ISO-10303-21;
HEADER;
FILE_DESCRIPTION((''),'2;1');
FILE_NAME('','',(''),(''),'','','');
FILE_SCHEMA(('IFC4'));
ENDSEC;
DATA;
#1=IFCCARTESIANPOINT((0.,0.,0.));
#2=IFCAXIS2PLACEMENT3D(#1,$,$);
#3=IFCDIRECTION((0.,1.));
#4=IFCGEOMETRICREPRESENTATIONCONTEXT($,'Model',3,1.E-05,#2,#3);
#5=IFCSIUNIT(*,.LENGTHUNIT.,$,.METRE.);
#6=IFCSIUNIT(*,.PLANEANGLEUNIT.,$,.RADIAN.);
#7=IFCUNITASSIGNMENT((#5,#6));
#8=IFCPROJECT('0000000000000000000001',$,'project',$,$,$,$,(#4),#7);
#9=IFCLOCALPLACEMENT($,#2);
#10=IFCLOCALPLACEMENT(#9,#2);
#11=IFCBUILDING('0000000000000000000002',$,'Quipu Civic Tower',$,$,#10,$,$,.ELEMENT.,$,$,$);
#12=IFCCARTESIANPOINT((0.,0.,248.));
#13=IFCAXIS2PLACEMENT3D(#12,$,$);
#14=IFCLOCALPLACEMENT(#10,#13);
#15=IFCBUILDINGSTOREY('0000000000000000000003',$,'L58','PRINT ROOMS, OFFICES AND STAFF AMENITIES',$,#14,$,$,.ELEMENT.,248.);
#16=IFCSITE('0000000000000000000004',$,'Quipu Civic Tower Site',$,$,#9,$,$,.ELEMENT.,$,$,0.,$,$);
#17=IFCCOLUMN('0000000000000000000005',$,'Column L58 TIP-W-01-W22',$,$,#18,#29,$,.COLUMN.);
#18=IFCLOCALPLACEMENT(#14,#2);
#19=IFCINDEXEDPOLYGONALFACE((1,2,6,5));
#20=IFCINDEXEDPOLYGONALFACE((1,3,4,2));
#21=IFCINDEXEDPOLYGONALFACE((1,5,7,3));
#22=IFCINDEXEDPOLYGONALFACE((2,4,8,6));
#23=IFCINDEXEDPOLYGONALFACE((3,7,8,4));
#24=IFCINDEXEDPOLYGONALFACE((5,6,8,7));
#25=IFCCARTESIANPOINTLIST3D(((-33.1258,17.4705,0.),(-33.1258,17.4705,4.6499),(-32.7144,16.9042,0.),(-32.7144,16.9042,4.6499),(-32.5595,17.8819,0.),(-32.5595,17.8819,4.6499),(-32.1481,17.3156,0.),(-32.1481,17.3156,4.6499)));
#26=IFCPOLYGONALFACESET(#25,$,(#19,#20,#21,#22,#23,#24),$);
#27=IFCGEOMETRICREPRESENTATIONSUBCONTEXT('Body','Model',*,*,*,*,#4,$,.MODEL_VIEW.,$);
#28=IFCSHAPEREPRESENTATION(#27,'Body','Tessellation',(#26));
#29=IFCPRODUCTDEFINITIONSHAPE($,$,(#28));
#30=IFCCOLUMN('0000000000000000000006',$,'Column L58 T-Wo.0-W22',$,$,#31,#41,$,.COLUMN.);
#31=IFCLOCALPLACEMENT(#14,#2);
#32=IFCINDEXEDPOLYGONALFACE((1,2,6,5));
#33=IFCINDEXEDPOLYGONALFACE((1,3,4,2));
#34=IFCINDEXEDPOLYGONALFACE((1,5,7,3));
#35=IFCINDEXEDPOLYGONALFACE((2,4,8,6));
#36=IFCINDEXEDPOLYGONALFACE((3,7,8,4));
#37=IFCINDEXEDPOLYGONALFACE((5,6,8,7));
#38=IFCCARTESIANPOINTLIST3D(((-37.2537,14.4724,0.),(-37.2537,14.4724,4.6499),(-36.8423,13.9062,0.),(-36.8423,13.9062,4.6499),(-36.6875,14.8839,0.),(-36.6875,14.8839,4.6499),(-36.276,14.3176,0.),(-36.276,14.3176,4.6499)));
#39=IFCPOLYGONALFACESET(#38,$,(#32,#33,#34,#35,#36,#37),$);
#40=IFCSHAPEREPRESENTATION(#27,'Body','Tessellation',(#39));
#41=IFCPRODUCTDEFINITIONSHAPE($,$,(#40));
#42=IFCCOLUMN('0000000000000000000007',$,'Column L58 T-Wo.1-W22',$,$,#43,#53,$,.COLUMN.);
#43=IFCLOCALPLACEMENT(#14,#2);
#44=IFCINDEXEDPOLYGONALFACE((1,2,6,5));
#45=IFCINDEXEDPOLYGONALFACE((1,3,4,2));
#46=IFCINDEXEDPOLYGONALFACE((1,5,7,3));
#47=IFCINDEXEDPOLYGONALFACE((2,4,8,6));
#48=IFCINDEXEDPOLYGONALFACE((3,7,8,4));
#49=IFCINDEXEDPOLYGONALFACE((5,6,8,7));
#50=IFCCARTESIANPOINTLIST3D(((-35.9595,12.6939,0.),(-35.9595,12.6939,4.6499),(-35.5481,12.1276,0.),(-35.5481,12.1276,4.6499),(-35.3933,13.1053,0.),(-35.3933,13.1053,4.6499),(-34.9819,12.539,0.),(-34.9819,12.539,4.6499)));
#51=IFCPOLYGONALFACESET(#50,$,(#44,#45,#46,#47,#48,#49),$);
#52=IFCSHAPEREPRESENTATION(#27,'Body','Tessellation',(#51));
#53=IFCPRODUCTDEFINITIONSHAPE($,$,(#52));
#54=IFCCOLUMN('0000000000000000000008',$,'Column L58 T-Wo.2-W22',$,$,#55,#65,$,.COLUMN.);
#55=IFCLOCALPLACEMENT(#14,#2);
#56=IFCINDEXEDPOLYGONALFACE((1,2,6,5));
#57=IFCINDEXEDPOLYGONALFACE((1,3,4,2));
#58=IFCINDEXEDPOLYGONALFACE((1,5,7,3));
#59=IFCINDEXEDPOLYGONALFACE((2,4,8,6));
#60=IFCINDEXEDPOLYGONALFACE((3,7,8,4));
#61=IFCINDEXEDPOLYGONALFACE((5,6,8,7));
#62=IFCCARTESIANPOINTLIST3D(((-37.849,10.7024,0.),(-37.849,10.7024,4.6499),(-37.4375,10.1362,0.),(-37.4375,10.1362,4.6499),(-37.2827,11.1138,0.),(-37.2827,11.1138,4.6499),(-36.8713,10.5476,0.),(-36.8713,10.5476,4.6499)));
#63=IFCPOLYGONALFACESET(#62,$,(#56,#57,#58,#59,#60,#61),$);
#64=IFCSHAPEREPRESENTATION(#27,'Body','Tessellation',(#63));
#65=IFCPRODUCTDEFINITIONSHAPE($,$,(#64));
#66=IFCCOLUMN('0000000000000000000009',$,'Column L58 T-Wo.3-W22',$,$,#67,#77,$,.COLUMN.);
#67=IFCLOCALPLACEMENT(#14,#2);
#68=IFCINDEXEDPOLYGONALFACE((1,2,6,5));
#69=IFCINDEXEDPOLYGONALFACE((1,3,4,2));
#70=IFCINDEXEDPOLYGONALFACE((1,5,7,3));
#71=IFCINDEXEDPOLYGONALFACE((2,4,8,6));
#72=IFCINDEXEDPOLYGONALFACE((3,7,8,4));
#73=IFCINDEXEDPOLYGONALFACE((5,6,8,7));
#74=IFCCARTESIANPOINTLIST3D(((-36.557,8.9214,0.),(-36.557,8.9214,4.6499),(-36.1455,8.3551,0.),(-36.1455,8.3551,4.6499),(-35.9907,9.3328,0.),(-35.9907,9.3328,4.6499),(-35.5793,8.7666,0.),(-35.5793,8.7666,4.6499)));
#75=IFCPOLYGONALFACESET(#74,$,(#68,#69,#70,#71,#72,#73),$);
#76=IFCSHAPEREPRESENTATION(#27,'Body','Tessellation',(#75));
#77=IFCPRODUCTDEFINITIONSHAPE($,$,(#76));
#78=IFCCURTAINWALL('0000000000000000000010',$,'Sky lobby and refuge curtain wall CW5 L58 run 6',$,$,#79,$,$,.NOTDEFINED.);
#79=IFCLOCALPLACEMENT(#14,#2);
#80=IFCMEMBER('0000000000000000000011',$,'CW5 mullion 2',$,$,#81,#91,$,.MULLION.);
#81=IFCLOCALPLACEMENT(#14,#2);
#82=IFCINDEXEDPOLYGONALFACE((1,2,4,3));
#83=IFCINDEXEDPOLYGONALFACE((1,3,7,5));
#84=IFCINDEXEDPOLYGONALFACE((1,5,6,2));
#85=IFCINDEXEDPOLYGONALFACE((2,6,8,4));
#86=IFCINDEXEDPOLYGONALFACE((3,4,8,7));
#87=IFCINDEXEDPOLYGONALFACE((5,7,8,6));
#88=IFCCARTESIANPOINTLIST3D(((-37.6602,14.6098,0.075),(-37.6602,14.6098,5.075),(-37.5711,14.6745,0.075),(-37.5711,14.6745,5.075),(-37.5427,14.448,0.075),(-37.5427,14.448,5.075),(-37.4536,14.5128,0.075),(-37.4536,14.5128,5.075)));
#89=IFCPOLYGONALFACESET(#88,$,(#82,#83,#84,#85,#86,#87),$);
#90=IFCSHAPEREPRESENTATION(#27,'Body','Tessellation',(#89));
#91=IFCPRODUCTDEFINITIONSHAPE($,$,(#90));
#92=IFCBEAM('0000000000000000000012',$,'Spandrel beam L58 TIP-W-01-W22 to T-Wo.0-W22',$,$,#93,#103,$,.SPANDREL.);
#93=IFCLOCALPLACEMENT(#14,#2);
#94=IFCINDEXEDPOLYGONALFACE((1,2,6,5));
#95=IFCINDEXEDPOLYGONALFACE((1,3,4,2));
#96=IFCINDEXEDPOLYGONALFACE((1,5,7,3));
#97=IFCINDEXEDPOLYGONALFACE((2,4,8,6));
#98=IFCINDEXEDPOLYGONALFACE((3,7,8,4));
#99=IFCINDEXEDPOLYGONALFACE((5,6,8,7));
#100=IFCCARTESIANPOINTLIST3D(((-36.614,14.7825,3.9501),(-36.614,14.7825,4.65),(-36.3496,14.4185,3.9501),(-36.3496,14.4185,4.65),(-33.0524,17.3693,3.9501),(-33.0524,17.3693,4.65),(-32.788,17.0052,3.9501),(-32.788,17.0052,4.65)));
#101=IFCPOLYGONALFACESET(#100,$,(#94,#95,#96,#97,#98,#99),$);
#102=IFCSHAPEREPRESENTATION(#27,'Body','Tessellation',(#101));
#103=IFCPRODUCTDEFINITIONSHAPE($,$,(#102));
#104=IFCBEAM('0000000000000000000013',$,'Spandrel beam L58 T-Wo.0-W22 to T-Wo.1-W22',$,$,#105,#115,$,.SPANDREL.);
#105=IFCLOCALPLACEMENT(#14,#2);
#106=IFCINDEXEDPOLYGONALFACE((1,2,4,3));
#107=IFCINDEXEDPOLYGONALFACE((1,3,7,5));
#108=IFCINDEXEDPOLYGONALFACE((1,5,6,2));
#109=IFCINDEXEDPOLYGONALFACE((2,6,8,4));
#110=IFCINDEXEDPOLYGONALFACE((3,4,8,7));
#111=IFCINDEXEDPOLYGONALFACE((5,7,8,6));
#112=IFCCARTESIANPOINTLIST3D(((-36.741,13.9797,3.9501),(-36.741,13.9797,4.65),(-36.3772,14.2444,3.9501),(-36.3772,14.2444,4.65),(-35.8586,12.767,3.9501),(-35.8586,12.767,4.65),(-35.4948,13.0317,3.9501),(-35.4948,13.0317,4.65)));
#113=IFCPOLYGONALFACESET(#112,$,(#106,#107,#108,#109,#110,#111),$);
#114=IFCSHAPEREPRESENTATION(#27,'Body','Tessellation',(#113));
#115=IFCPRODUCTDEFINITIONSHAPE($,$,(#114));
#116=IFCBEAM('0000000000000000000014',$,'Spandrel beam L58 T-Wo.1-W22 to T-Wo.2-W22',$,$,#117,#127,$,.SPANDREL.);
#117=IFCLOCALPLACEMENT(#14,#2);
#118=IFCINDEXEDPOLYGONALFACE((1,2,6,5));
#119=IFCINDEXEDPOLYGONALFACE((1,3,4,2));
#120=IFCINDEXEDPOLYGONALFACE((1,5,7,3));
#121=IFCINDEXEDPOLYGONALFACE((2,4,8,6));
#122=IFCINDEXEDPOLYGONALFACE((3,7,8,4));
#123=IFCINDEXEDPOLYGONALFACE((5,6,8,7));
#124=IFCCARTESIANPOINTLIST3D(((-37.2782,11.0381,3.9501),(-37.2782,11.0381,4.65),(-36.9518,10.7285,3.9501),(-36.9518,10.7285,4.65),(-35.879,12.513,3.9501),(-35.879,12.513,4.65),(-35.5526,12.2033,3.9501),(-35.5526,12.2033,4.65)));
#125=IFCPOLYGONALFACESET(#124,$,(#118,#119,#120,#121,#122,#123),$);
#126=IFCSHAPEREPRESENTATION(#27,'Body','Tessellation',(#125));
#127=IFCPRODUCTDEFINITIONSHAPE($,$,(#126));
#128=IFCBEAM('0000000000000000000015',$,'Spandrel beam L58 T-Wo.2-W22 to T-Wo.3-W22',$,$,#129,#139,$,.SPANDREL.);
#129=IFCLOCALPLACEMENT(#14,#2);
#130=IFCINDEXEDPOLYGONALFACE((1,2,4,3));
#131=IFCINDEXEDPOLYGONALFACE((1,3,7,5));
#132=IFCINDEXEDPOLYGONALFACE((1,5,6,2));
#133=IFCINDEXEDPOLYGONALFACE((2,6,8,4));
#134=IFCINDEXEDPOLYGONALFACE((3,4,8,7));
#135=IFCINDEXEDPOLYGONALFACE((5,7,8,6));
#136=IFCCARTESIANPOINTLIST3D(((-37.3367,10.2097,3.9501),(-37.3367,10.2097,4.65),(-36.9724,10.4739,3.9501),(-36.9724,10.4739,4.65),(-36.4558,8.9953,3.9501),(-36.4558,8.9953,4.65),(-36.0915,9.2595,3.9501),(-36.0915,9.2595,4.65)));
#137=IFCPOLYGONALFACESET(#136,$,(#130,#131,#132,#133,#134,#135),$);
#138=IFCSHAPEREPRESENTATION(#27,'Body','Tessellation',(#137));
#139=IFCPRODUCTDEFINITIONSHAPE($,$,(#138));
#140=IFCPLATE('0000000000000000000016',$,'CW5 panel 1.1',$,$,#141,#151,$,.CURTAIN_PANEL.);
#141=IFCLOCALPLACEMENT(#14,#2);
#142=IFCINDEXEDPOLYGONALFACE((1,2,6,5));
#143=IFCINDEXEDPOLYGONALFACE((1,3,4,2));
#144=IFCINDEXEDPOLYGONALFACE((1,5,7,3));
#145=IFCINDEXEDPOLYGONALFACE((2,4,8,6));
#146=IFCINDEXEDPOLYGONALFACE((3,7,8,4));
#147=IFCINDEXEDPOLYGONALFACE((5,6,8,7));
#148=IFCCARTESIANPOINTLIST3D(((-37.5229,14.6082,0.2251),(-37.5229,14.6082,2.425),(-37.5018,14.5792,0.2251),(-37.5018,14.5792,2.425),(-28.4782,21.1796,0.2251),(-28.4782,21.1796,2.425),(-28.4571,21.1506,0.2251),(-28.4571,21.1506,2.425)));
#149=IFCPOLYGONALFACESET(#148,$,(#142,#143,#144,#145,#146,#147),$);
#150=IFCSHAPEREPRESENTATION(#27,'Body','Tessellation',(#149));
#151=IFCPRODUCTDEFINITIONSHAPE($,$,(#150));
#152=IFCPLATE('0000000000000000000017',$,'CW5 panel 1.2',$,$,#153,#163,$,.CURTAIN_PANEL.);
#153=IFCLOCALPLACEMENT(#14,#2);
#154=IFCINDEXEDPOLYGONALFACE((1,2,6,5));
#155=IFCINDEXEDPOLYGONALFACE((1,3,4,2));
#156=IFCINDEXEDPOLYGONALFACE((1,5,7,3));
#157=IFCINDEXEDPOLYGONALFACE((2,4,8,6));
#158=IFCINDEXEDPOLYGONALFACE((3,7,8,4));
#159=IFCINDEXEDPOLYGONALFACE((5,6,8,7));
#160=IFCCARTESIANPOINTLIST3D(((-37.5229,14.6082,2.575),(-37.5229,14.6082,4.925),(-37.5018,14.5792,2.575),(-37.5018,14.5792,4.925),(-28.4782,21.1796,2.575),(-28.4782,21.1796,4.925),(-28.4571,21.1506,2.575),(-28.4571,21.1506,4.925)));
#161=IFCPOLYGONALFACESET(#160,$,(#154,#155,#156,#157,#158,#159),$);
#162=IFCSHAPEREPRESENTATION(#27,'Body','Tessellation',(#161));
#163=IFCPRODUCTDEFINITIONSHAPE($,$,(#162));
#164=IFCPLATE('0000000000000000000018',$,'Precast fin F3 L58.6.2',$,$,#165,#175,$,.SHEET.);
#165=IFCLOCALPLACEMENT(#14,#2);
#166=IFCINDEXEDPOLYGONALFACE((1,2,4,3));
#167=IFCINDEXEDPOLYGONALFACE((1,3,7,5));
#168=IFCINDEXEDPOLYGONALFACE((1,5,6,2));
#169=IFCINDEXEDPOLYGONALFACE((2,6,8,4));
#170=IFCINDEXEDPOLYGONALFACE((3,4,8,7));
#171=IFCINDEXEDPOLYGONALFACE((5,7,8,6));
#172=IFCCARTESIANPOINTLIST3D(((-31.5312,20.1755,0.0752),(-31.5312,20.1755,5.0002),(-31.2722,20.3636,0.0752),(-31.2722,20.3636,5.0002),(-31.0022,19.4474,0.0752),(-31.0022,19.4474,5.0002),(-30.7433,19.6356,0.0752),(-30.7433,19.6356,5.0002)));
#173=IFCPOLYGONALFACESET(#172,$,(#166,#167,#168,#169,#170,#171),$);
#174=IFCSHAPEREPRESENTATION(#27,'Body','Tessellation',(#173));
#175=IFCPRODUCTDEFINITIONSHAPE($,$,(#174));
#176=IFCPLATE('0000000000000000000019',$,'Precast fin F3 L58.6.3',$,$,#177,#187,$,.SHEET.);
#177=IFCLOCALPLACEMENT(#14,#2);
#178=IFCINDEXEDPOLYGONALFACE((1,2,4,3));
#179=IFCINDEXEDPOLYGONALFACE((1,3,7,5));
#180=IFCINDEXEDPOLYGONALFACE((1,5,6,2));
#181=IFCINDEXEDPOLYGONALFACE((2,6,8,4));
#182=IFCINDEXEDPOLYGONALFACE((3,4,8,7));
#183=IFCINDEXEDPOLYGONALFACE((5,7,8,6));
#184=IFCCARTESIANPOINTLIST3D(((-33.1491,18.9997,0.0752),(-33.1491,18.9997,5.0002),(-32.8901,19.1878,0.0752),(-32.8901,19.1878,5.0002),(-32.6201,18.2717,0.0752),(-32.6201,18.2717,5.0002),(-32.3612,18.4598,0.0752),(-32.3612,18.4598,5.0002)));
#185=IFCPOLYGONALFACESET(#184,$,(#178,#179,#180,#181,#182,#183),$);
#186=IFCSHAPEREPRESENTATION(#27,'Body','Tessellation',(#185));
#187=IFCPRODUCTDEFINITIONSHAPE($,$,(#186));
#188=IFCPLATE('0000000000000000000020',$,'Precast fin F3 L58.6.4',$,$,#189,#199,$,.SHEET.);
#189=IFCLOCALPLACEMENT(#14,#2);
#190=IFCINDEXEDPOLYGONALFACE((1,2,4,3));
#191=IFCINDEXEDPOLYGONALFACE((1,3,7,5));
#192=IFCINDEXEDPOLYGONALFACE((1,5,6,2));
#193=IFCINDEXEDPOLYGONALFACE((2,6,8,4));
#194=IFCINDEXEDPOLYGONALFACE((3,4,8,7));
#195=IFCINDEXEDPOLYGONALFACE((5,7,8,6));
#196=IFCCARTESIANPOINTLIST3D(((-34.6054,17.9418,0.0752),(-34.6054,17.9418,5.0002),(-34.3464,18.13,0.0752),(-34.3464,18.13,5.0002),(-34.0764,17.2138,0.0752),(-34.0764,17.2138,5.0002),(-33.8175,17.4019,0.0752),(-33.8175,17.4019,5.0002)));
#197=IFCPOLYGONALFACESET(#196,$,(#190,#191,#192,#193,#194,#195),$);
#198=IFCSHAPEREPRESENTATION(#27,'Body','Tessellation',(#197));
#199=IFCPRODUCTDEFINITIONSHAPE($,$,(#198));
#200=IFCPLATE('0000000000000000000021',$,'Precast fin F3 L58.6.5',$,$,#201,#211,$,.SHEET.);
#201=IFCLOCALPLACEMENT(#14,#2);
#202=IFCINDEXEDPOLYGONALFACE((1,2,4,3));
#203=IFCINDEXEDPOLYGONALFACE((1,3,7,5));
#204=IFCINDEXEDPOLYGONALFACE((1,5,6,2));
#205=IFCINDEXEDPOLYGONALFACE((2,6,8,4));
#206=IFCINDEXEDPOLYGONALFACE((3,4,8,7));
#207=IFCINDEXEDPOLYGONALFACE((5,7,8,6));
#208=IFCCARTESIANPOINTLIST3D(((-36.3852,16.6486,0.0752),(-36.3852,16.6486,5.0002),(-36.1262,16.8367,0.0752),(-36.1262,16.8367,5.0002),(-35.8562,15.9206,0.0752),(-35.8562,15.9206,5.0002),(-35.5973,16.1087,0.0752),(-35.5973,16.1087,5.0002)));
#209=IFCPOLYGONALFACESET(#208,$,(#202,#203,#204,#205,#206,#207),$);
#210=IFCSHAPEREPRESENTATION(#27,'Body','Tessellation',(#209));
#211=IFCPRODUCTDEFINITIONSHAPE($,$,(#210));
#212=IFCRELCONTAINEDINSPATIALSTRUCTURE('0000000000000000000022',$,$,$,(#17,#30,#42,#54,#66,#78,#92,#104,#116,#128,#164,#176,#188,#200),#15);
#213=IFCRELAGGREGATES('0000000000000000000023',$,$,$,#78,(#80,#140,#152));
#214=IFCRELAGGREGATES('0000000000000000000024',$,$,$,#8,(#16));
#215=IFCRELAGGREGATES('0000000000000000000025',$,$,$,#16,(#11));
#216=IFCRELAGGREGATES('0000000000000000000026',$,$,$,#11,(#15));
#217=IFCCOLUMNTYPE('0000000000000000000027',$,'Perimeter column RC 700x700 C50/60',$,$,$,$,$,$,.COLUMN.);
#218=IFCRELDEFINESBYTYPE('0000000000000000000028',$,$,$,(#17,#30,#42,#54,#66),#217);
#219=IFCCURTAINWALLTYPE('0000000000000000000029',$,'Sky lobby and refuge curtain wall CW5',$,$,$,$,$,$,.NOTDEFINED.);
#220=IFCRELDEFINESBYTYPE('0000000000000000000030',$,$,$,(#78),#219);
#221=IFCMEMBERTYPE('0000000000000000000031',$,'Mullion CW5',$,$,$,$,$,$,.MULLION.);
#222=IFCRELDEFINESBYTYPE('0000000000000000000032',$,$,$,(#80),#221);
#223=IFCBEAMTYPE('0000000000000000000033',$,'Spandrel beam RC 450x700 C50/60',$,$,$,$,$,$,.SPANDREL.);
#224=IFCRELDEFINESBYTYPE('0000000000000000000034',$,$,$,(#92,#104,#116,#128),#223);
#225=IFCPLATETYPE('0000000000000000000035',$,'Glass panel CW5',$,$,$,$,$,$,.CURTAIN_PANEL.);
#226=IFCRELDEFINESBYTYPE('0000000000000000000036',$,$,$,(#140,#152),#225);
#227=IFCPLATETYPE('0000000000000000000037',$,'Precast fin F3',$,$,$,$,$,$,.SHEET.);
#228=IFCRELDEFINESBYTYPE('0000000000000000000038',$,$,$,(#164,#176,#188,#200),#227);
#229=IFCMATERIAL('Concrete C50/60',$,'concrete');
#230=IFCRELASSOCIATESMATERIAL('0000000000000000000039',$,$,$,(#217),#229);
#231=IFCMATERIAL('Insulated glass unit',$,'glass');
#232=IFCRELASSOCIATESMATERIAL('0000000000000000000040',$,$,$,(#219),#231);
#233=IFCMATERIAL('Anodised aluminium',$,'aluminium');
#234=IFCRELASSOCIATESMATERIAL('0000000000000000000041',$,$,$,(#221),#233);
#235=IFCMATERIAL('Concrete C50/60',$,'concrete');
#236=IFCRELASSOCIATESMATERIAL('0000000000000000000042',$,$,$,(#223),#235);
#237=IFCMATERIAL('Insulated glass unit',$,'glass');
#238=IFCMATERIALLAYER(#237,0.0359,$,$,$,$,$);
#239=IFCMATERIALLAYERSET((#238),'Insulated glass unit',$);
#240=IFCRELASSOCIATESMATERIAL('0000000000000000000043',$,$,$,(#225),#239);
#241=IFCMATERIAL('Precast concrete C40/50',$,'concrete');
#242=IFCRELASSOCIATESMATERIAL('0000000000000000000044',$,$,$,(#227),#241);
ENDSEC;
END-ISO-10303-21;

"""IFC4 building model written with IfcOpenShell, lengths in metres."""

from ifc_helpers import new_model, si_unit, direction, frame, origin, origin_2d, place, context, subcontext, project, spatial, rectangle, extrude, material, layer, layer_set, material_profile, profile_set, type_object, element, aggregate, save


model = new_model("IFC4")

# Units and contexts
model_context = context("Model", 3, precision=1e-05, world=origin(), true_north=direction((0.0, 1.0)))
body_context = subcontext(model_context, "Body", "Model", "MODEL_VIEW")
ifc_project = project(units=[si_unit("LENGTHUNIT", "METRE"), si_unit("PLANEANGLEUNIT", "RADIAN")], contexts=[model_context])

# Site, building, storey
site_placement = place(None, origin())
site = spatial("IfcSite", under=ifc_project, at=site_placement, Name="Quipu Civic Tower Site", CompositionType="ELEMENT", RefElevation=0.0)
building_placement = place(site_placement, origin())
building = spatial("IfcBuilding", under=site, at=building_placement, Name="Quipu Civic Tower", CompositionType="ELEMENT")
storey_placement = place(building_placement, frame((0.0, 0.0, 248.0)))
storey = spatial("IfcBuildingStorey", under=building, at=storey_placement, Name="L58", Description="PRINT ROOMS, OFFICES AND STAFF AMENITIES", CompositionType="ELEMENT", Elevation=248.0)

# Columns
ifc_material_1 = material(Name="Concrete C50/60", Category="concrete")
ifc_material_profile_1 = material_profile(ifc_material_1, rectangle(XDim=0.7, YDim=0.7, at=origin_2d()), Name="RC700x700")
ifc_profile_set_1 = profile_set([ifc_material_profile_1], Name="Concrete C50/60")
column_type = type_object("IfcColumnType", Name="Perimeter column RC 700x700 C50/60", PredefinedType="COLUMN", material=ifc_profile_set_1)
for number, where, z_axis, x_axis, name in (
    (1, (-32.637, 17.3931, 0.0), (0.0, 0.0, 1.0), (-0.809017, -0.587785, 0.0), "Column L58 TIP-W-01-W22"),
    (2, (-36.7649, 14.395, 0.0), (0.0, 0.0, 1.0), (0.587785, -0.809017, 0.0), "Column L58 T-Wo.0-W22"),
    (3, (-35.4707, 12.6165, 0.0), (0.0, 0.0, 1.0), (-0.809017, -0.587785, 0.0), "Column L58 T-Wo.1-W22"),
    (4, (-37.3601, 10.625, 0.0), (0.0, 0.0, 1.0), (0.587785, -0.809017, 0.0), "Column L58 T-Wo.2-W22"),
    (5, (-36.0681, 8.844, 0.0), (0.0, 0.0, 1.0), (0.587785, -0.809017, 0.0), "Column L58 T-Wo.3-W22"),
):
    element("IfcColumn", number, at=place(storey_placement, frame(where, z_axis=z_axis, x_axis=x_axis)), inside=storey, type_object=column_type, Name=name, PredefinedType="COLUMN", context=body_context, shape_type="SweptSolid", body=[
        extrude(rectangle(XDim=0.7, YDim=0.7, at=origin_2d()), origin(), (0.0, 0.0, 1.0), 4.6499),
    ])

# Curtain wall, member
ifc_material_2 = material(Name="Insulated glass unit", Category="glass")
curtain_wall_type = type_object("IfcCurtainWallType", Name="Sky lobby and refuge curtain wall CW5", PredefinedType="NOTDEFINED", material=ifc_material_2)
curtain_wall_placement = place(storey_placement, origin())
curtain_wall = element("IfcCurtainWall", 6, at=curtain_wall_placement, inside=storey, type_object=curtain_wall_type, Name="Sky lobby and refuge curtain wall CW5 L58 run 6", PredefinedType="NOTDEFINED")
ifc_material_3 = material(Name="Anodised aluminium", Category="aluminium")
ifc_material_profile_2 = material_profile(ifc_material_3, rectangle(XDim=0.2, YDim=0.1101, at=origin_2d()), Name="RECT 200x110")
ifc_profile_set_2 = profile_set([ifc_material_profile_2], Name="Anodised aluminium")
member_type = type_object("IfcMemberType", Name="Mullion CW5", PredefinedType="MULLION", material=ifc_profile_set_2)
member_placement = place(storey_placement, frame((-37.5569, 14.5613, 0.075), z_axis=(0.0, 0.0, 1.0), x_axis=(0.587788, -0.809015, 0.0)))
member = element("IfcMember", 7, at=member_placement, type_object=member_type, Name="CW5 mullion 2", PredefinedType="MULLION", context=body_context, shape_type="SweptSolid", body=[
    extrude(rectangle(XDim=0.2, YDim=0.1101, at=origin_2d()), origin(), (0.0, 0.0, 1.0), 5.0),
])

# Beams
ifc_material_4 = material(Name="Concrete C50/60", Category="concrete")
ifc_material_profile_3 = material_profile(ifc_material_4, rectangle(XDim=0.45, YDim=0.7, at=origin_2d()), Name="RC450x700")
ifc_profile_set_3 = profile_set([ifc_material_profile_3], Name="Concrete C50/60")
beam_type = type_object("IfcBeamType", Name="Spandrel beam RC 450x700 C50/60", PredefinedType="SPANDREL", material=ifc_profile_set_3)
beam_1_placement = place(storey_placement, frame((-32.9202, 17.1873, 4.3), z_axis=(-0.809117, -0.587647, 0.0), x_axis=(0.587647, -0.809117, 0.0)))
element("IfcBeam", 8, at=beam_1_placement, inside=storey, type_object=beam_type, Name="Spandrel beam L58 TIP-W-01-W22 to T-Wo.0-W22", PredefinedType="SPANDREL", context=body_context, shape_type="SweptSolid", body=[
    extrude(rectangle(XDim=0.45, YDim=0.7, at=origin_2d()), origin(), (0.0, 0.0, 1.0), 4.4019),
])
beam_2_placement = place(storey_placement, frame((-36.5591, 14.1121, 4.3), z_axis=(0.588346, -0.808609, 0.0), x_axis=(0.808609, 0.588346, 0.0)))
element("IfcBeam", 9, at=beam_2_placement, inside=storey, type_object=beam_type, Name="Spandrel beam L58 T-Wo.0-W22 to T-Wo.1-W22", PredefinedType="SPANDREL", context=body_context, shape_type="SweptSolid", body=[
    extrude(rectangle(XDim=0.45, YDim=0.7, at=origin_2d()), origin(), (0.0, 0.0, 1.0), 1.4998),
])
beam_3_placement = place(storey_placement, frame((-35.7158, 12.3582, 4.3), z_axis=(-0.688247, -0.725476, 0.0), x_axis=(0.725476, -0.688247, 0.0)))
element("IfcBeam", 10, at=beam_3_placement, inside=storey, type_object=beam_type, Name="Spandrel beam L58 T-Wo.1-W22 to T-Wo.2-W22", PredefinedType="SPANDREL", context=body_context, shape_type="SweptSolid", body=[
    extrude(rectangle(XDim=0.45, YDim=0.7, at=origin_2d()), origin(), (0.0, 0.0, 1.0), 2.033),
])
beam_4_placement = place(storey_placement, frame((-37.1545, 10.3418, 4.3), z_axis=(0.587165, -0.809467, 0.0), x_axis=(0.809467, 0.587165, 0.0)))
element("IfcBeam", 11, at=beam_4_placement, inside=storey, type_object=beam_type, Name="Spandrel beam L58 T-Wo.2-W22 to T-Wo.3-W22", PredefinedType="SPANDREL", context=body_context, shape_type="SweptSolid", body=[
    extrude(rectangle(XDim=0.45, YDim=0.7, at=origin_2d()), origin(), (0.0, 0.0, 1.0), 1.5002),
])

# Plates
ifc_material_5 = material(Name="Insulated glass unit", Category="glass")
ifc_layer_1 = layer(ifc_material_5, 0.0359)
ifc_layer_set_1 = layer_set([ifc_layer_1], Name="Insulated glass unit")
plate_type_1 = type_object("IfcPlateType", Name="Glass panel CW5", PredefinedType="CURTAIN_PANEL", material=ifc_layer_set_1)
plate_1_placement = place(storey_placement, frame((-32.99, 17.8794, 0.2251), z_axis=(0.0, 0.0, 1.0), x_axis=(-0.809015, -0.587788, 0.0)))
plate_1 = element("IfcPlate", 12, at=plate_1_placement, type_object=plate_type_1, Name="CW5 panel 1.1", PredefinedType="CURTAIN_PANEL", context=body_context, shape_type="SweptSolid", body=[
    extrude(rectangle(XDim=11.1799, YDim=0.0359, at=origin_2d()), origin(), (0.0, 0.0, 1.0), 2.2),
])
plate_2_placement = place(storey_placement, frame((-32.99, 17.8794, 2.575), z_axis=(0.0, 0.0, 1.0), x_axis=(-0.809015, -0.587788, 0.0)))
plate_2 = element("IfcPlate", 13, at=plate_2_placement, type_object=plate_type_1, Name="CW5 panel 1.2", PredefinedType="CURTAIN_PANEL", context=body_context, shape_type="SweptSolid", body=[
    extrude(rectangle(XDim=11.1799, YDim=0.0359, at=origin_2d()), origin(), (0.0, 0.0, 1.0), 2.3501),
])
aggregate(curtain_wall, [member, plate_1, plate_2])

# Plates
ifc_material_6 = material(Name="Precast concrete C40/50", Category="concrete")
plate_type_2 = type_object("IfcPlateType", Name="Precast fin F3", PredefinedType="SHEET", material=ifc_material_6)
for number, where, z_axis, x_axis, name in (
    (14, (-31.1372, 19.9055, 0.0752), (0.0, 0.0, 1.0), (-0.809017, -0.587785, 0.0), "Precast fin F3 L58.6.2"),
    (15, (-32.7551, 18.7297, 0.0752), (0.0, 0.0, 1.0), (-0.809017, -0.587785, 0.0), "Precast fin F3 L58.6.3"),
    (16, (-34.2114, 17.6719, 0.0752), (0.0, 0.0, 1.0), (-0.809017, -0.587785, 0.0), "Precast fin F3 L58.6.4"),
    (17, (-35.9912, 16.3787, 0.0752), (0.0, 0.0, 1.0), (-0.809017, -0.587785, 0.0), "Precast fin F3 L58.6.5"),
):
    element("IfcPlate", number, at=place(storey_placement, frame(where, z_axis=z_axis, x_axis=x_axis)), inside=storey, type_object=plate_type_2, Name=name, PredefinedType="SHEET", context=body_context, shape_type="SweptSolid", body=[
        extrude(rectangle(XDim=0.3201, YDim=0.8999, at=origin_2d()), origin(), (0.0, 0.0, 1.0), 4.925),
    ])

save(model, "model.ifc")
